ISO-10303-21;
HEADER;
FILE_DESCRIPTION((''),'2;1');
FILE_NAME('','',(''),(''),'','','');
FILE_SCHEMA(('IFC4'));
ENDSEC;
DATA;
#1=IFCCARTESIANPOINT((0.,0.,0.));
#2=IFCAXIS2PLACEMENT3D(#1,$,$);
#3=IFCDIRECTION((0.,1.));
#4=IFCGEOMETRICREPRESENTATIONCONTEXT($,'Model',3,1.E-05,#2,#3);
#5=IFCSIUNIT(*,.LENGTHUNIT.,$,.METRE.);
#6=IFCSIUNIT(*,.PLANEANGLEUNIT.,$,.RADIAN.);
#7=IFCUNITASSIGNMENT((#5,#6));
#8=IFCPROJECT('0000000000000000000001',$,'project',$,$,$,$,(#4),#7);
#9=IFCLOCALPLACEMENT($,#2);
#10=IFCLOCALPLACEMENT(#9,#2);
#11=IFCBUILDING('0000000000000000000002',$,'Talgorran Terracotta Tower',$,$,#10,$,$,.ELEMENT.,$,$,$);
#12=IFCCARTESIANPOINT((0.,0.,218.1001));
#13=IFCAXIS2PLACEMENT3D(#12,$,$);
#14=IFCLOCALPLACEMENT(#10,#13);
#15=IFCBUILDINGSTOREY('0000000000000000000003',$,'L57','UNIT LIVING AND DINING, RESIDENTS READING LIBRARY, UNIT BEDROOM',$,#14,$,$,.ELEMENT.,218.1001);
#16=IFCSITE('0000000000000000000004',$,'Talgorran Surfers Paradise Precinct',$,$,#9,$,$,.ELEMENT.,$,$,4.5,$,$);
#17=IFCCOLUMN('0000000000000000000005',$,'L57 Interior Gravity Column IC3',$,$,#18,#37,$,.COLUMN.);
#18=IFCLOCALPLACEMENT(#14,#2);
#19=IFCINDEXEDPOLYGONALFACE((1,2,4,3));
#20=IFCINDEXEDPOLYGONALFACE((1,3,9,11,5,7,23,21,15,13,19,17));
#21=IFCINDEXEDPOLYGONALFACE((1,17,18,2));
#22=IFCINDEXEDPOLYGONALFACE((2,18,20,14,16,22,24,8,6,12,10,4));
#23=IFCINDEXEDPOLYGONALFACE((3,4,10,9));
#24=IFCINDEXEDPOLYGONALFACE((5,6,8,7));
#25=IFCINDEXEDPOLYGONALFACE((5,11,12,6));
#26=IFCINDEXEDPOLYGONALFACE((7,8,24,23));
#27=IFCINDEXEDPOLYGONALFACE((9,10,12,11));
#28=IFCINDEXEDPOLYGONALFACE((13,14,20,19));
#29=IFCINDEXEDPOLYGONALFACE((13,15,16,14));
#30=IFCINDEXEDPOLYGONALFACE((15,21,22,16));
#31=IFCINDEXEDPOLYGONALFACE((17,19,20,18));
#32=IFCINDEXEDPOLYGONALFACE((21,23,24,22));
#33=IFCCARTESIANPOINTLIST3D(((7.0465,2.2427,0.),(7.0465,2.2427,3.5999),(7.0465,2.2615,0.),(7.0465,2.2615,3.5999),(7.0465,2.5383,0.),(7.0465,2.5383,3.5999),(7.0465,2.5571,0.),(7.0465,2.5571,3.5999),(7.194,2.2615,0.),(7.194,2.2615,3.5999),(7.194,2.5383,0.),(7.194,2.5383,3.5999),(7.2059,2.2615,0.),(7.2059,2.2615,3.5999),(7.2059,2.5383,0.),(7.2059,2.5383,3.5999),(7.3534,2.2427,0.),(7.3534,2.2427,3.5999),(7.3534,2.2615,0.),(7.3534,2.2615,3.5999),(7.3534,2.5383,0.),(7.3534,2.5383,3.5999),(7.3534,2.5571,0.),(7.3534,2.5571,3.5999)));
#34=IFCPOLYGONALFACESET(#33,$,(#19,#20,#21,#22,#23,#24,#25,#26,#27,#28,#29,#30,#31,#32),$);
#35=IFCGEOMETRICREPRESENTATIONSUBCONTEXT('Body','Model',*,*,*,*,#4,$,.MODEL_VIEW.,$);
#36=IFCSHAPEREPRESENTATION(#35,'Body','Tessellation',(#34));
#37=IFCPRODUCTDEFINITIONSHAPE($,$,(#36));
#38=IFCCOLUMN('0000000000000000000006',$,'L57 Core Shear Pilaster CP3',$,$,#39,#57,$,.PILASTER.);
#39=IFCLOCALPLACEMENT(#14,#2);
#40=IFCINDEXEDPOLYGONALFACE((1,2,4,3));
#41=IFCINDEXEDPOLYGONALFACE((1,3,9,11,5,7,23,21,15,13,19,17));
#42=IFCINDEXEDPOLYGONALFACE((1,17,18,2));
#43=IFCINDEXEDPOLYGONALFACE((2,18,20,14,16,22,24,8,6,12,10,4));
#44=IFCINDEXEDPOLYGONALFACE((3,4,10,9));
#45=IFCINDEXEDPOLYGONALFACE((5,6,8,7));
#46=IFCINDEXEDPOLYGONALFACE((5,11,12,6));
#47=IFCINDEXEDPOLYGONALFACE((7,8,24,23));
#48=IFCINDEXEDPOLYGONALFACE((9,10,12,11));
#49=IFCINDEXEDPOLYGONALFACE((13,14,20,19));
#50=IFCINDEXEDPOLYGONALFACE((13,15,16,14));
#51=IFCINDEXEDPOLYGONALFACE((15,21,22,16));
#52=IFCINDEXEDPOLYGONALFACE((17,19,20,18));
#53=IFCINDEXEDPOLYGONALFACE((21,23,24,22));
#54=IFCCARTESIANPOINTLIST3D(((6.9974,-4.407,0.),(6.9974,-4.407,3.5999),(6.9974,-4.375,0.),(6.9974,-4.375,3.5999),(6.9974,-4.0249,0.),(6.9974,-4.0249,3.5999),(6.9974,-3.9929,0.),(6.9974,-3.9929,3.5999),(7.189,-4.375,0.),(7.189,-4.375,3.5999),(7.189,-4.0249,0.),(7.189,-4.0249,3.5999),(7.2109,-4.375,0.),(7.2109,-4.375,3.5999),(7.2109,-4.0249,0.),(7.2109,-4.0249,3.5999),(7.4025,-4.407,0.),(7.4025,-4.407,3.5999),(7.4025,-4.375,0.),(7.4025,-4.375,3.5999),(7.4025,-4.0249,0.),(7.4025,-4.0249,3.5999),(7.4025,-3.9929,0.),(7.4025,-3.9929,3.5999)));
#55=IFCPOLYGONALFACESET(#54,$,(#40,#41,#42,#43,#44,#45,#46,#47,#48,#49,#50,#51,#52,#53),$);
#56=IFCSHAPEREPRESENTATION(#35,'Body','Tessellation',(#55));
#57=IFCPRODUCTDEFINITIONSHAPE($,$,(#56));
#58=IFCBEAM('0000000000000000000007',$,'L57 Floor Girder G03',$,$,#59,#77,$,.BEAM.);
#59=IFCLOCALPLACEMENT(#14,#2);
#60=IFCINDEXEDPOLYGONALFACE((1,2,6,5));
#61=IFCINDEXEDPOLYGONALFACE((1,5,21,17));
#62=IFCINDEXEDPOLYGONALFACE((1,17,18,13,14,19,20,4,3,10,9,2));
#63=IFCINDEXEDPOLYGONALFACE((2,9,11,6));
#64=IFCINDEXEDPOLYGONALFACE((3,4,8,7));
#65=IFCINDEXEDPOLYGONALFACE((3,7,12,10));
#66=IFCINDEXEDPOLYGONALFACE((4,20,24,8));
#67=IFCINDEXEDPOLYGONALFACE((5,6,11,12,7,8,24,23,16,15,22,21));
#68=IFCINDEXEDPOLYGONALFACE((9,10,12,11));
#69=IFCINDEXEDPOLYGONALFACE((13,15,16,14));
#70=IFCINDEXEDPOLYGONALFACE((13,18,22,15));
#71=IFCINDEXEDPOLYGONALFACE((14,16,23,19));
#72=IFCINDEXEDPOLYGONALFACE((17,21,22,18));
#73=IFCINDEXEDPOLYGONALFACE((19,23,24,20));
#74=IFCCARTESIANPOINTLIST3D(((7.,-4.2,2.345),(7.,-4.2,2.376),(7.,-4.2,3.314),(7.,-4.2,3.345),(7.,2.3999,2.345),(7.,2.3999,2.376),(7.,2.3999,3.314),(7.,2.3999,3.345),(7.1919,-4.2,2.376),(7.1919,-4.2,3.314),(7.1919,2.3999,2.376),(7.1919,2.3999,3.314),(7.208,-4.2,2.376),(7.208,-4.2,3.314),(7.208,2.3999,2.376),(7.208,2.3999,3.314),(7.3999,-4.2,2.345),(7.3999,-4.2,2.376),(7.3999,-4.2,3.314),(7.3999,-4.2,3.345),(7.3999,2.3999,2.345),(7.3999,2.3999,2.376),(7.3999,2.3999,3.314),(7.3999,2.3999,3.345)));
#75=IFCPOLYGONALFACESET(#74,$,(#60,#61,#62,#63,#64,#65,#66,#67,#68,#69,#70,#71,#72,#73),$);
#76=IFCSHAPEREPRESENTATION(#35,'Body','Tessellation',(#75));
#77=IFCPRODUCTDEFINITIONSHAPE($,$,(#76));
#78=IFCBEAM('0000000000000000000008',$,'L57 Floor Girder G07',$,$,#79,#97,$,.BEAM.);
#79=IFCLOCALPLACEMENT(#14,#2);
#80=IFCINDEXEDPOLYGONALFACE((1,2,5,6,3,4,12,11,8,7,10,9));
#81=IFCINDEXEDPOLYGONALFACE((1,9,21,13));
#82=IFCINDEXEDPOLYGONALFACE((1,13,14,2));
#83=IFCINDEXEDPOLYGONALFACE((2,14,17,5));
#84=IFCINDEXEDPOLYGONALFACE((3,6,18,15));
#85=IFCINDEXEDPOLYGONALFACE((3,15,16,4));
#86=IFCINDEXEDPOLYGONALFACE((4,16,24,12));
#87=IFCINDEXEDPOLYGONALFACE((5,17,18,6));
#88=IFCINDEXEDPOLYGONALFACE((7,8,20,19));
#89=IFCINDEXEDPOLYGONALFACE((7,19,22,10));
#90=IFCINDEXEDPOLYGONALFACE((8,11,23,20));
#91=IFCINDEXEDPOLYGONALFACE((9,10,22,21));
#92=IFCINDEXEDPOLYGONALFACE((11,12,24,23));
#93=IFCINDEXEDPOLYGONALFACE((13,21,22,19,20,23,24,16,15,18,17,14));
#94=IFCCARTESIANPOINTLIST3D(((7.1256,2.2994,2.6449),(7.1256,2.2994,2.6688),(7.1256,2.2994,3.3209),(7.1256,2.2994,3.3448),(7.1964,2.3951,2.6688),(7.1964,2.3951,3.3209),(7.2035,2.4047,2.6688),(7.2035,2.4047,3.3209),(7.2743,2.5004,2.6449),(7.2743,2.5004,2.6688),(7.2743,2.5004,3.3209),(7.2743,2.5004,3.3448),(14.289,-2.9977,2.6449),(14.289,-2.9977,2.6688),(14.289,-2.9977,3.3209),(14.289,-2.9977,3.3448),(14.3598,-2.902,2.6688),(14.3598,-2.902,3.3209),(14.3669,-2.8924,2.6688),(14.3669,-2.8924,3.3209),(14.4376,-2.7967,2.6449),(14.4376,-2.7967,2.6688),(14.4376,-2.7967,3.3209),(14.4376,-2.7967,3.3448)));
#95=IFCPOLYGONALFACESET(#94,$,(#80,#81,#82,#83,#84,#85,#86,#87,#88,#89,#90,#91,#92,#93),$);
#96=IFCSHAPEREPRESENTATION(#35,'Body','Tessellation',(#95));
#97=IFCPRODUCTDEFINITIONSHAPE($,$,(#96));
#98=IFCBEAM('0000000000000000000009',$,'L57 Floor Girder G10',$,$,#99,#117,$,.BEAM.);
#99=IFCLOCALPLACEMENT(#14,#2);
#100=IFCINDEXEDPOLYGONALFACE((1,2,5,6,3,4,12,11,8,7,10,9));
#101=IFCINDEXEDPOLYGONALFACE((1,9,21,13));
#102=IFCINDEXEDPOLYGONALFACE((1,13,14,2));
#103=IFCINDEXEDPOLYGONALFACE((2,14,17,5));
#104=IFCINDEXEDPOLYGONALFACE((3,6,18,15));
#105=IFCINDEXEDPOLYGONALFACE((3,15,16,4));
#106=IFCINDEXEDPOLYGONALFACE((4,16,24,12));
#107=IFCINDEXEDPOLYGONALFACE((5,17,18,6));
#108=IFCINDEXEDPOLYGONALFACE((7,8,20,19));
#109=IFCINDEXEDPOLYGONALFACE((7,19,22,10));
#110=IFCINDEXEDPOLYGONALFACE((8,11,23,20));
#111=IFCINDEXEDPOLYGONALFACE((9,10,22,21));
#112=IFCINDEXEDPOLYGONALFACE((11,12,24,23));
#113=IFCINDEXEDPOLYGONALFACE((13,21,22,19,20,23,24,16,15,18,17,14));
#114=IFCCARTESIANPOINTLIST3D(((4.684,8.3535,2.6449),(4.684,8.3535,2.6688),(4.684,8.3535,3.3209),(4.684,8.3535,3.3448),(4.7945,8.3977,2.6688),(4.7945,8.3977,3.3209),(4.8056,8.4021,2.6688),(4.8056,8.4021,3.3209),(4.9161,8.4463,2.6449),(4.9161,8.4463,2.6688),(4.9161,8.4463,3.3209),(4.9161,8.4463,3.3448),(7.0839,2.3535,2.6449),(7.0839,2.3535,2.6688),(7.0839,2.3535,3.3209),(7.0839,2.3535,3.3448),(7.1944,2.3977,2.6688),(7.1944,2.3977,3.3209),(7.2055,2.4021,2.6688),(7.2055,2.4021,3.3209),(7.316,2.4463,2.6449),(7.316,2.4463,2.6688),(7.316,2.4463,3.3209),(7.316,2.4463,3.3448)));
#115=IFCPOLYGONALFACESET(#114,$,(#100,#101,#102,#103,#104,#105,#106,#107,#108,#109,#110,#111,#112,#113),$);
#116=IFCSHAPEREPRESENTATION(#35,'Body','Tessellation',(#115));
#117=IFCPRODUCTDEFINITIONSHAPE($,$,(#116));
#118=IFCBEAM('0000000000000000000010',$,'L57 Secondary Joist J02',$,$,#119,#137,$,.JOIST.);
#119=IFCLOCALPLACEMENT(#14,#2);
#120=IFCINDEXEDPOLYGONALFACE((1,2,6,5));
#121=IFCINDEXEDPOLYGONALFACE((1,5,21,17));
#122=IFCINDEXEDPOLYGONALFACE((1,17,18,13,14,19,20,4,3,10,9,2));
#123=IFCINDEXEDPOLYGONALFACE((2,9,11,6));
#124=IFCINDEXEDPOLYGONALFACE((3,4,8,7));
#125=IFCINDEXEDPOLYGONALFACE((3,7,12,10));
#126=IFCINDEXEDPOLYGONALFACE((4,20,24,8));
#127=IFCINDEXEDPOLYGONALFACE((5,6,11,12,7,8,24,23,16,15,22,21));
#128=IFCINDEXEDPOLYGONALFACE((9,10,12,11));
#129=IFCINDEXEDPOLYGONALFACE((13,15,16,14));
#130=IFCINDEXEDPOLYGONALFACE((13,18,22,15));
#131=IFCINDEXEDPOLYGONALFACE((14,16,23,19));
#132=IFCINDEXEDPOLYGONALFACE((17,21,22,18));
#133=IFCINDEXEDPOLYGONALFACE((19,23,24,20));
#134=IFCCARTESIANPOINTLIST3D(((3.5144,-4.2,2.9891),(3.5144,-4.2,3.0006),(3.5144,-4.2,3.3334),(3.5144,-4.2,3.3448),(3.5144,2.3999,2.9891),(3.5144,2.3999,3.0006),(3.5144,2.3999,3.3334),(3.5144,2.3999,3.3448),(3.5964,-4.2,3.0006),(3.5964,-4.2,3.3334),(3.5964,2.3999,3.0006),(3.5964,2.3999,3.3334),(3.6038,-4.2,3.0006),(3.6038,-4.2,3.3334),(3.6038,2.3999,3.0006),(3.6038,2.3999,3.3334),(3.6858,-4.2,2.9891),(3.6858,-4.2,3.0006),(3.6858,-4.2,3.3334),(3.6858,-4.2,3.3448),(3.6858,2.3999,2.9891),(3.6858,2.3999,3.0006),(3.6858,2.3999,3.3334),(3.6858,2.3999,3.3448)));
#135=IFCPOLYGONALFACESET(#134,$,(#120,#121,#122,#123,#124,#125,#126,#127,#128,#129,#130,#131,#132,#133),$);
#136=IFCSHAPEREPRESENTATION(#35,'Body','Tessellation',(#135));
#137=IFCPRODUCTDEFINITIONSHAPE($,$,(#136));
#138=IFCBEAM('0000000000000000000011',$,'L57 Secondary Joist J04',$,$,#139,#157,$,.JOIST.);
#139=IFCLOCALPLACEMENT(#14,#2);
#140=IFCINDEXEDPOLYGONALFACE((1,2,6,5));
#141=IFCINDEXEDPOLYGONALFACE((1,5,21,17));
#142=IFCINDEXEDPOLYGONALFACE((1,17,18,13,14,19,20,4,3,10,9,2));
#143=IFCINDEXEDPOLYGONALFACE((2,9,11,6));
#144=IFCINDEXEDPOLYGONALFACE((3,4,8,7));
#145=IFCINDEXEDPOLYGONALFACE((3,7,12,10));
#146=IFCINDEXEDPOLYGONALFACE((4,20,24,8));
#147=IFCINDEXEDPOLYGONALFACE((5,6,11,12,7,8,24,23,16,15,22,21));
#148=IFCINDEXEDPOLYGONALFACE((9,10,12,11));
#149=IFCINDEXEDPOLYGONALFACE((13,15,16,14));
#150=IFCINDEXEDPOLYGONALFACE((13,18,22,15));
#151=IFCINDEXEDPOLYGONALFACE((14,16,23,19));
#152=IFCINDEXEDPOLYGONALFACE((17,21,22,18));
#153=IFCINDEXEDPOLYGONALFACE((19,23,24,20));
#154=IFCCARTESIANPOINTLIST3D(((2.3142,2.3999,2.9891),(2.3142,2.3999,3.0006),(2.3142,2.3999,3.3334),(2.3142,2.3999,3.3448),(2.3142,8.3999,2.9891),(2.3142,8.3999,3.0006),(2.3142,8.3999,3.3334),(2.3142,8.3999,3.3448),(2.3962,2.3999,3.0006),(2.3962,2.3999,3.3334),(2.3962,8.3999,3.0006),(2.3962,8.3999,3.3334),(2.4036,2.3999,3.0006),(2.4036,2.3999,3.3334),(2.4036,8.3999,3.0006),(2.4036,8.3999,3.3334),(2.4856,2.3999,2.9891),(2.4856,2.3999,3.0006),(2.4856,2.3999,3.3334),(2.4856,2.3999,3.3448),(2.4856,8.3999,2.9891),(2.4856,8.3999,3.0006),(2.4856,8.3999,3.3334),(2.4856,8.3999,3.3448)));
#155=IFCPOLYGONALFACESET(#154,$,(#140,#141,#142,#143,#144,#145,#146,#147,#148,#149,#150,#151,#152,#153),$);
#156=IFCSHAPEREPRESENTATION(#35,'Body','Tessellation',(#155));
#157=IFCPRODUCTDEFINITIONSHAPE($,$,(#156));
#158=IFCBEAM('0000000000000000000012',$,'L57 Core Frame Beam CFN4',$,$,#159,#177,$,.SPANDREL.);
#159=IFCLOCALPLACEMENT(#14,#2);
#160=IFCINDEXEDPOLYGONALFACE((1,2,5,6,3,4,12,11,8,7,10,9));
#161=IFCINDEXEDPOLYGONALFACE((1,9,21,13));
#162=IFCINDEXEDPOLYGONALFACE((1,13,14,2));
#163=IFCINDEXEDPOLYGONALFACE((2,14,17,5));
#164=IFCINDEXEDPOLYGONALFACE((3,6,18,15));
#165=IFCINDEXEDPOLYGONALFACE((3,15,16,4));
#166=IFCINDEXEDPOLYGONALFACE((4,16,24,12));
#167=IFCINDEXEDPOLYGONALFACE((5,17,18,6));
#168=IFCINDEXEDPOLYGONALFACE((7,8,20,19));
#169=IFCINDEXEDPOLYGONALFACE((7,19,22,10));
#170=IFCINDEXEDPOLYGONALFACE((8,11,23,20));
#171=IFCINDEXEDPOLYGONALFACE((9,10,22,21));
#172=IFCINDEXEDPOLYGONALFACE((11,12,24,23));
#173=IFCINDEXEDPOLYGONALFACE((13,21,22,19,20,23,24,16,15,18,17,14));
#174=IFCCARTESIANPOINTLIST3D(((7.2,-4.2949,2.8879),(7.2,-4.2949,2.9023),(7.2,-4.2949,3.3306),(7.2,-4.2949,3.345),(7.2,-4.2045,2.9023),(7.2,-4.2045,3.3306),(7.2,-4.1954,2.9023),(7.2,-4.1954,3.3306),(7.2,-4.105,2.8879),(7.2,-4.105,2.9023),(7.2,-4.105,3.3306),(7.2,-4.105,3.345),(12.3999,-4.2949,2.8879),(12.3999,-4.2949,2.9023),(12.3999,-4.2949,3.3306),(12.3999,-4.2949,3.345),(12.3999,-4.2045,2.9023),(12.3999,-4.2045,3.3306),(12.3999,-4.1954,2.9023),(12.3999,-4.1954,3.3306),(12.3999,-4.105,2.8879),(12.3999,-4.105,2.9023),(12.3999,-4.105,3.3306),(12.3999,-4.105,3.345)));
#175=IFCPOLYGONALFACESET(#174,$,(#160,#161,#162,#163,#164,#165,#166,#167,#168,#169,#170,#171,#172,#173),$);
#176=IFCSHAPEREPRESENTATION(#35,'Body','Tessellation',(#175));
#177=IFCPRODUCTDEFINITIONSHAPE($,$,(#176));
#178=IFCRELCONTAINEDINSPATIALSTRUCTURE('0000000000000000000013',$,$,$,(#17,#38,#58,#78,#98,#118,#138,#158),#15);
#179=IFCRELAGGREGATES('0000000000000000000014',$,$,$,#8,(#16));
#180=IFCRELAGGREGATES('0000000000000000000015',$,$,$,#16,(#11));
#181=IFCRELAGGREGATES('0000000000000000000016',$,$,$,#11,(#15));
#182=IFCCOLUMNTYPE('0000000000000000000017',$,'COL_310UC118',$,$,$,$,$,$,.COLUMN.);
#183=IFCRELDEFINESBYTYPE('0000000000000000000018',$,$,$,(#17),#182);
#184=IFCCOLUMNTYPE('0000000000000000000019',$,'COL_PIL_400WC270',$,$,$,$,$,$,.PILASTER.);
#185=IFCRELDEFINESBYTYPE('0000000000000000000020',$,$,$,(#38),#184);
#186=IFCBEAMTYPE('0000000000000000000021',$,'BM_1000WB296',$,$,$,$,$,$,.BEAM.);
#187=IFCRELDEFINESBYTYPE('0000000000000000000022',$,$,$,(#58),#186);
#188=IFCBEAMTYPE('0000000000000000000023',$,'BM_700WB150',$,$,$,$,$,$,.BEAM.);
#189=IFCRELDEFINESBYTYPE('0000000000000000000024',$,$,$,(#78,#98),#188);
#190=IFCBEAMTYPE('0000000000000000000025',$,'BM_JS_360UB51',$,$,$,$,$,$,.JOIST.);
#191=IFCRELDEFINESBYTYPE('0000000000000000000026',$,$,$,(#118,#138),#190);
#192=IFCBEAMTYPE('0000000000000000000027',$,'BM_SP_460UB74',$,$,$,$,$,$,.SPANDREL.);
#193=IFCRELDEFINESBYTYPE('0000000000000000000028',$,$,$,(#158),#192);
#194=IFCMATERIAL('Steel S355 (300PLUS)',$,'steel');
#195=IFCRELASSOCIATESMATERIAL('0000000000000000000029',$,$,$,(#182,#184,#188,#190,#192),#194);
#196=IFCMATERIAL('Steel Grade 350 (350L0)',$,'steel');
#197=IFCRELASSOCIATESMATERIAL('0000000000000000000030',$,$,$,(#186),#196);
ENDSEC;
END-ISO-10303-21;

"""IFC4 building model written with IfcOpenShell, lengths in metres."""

from ifc_helpers import new_model, si_unit, direction, frame, origin, origin_2d, place, context, subcontext, project, spatial, i_section, extrude, material, material_profile, profile_set, type_object, element, save


model = new_model("IFC4")

# Units and contexts
model_context = context("Model", 3, precision=1e-05, world=origin(), true_north=direction((0.0, 1.0)))
body_context = subcontext(model_context, "Body", "Model", "MODEL_VIEW")
ifc_project = project(units=[si_unit("LENGTHUNIT", "METRE"), si_unit("PLANEANGLEUNIT", "RADIAN")], contexts=[model_context])

# Site, building, storey
site_placement = place(None, origin())
site = spatial("IfcSite", under=ifc_project, at=site_placement, Name="Talgorran Surfers Paradise Precinct", CompositionType="ELEMENT", RefElevation=4.5)
building_placement = place(site_placement, origin())
building = spatial("IfcBuilding", under=site, at=building_placement, Name="Talgorran Terracotta Tower", CompositionType="ELEMENT")
storey_placement = place(building_placement, frame((0.0, 0.0, 218.1001)))
storey = spatial("IfcBuildingStorey", under=building, at=storey_placement, Name="L57", Description="UNIT LIVING AND DINING, RESIDENTS READING LIBRARY, UNIT BEDROOM", CompositionType="ELEMENT", Elevation=218.1001)

# Columns
ifc_material_1 = material(Name="Steel S355 (300PLUS)", Category="steel")
ifc_material_profile_1 = material_profile(ifc_material_1, i_section(OverallWidth=0.3069, OverallDepth=0.3145, WebThickness=0.012, FlangeThickness=0.0188, at=origin_2d()), Name="310UC118")
ifc_profile_set_1 = profile_set([ifc_material_profile_1], Name="Steel S355 (300PLUS)")
column_type_1 = type_object("IfcColumnType", Name="COL_310UC118", PredefinedType="COLUMN", material=ifc_profile_set_1)
column_1_placement = place(storey_placement, frame((7.2, 2.3999, 0.0), z_axis=(0.0, 0.0, 1.0), x_axis=(1.0, 0.0, 0.0)))
element("IfcColumn", 1, at=column_1_placement, inside=storey, type_object=column_type_1, Name="L57 Interior Gravity Column IC3", PredefinedType="COLUMN", context=body_context, shape_type="SweptSolid", body=[
    extrude(i_section(OverallWidth=0.3069, OverallDepth=0.3145, WebThickness=0.012, FlangeThickness=0.0188, at=origin_2d()), origin(), (0.0, 0.0, 1.0), 3.5999),
])
ifc_material_profile_2 = material_profile(ifc_material_1, i_section(OverallWidth=0.405, OverallDepth=0.4141, WebThickness=0.022, FlangeThickness=0.032, at=origin_2d()), Name="400WC270")
ifc_profile_set_2 = profile_set([ifc_material_profile_2], Name="Steel S355 (300PLUS)")
column_type_2 = type_object("IfcColumnType", Name="COL_PIL_400WC270", PredefinedType="PILASTER", material=ifc_profile_set_2)
column_2_placement = place(storey_placement, frame((7.2, -4.2, 0.0), z_axis=(0.0, 0.0, 1.0), x_axis=(1.0, 0.0, 0.0)))
element("IfcColumn", 2, at=column_2_placement, inside=storey, type_object=column_type_2, Name="L57 Core Shear Pilaster CP3", PredefinedType="PILASTER", context=body_context, shape_type="SweptSolid", body=[
    extrude(i_section(OverallWidth=0.405, OverallDepth=0.4141, WebThickness=0.022, FlangeThickness=0.032, at=origin_2d()), origin(), (0.0, 0.0, 1.0), 3.5999),
])

# Beams
ifc_material_2 = material(Name="Steel Grade 350 (350L0)", Category="steel")
ifc_material_profile_3 = material_profile(ifc_material_2, i_section(OverallWidth=0.3999, OverallDepth=1.0, WebThickness=0.0161, FlangeThickness=0.031, at=origin_2d()), Name="1000WB296")
ifc_profile_set_3 = profile_set([ifc_material_profile_3], Name="Steel Grade 350 (350L0)")
beam_type_1 = type_object("IfcBeamType", Name="BM_1000WB296", PredefinedType="BEAM", material=ifc_profile_set_3)
beam_1_placement = place(storey_placement, frame((7.2, -4.2, 2.845), z_axis=(0.0, 1.0, 0.0), x_axis=(-1.0, 0.0, 0.0)))
element("IfcBeam", 3, at=beam_1_placement, inside=storey, type_object=beam_type_1, Name="L57 Floor Girder G03", PredefinedType="BEAM", context=body_context, shape_type="SweptSolid", body=[
    extrude(i_section(OverallWidth=0.3999, OverallDepth=1.0, WebThickness=0.0161, FlangeThickness=0.031, at=origin_2d()), origin(), (0.0, 0.0, 1.0), 6.5999),
])
ifc_material_profile_4 = material_profile(ifc_material_1, i_section(OverallWidth=0.25, OverallDepth=0.7, WebThickness=0.012, FlangeThickness=0.0239, at=origin_2d()), Name="700WB150")
ifc_profile_set_4 = profile_set([ifc_material_profile_4], Name="Steel S355 (300PLUS)")
beam_type_2 = type_object("IfcBeamType", Name="BM_700WB150", PredefinedType="BEAM", material=ifc_profile_set_4)
beam_2_placement = place(storey_placement, frame((7.2, 2.3999, 2.9949), z_axis=(0.804043, -0.594571, 0.0), x_axis=(0.594571, 0.804043, 0.0)))
element("IfcBeam", 4, at=beam_2_placement, inside=storey, type_object=beam_type_2, Name="L57 Floor Girder G07", PredefinedType="BEAM", context=body_context, shape_type="SweptSolid", body=[
    extrude(i_section(OverallWidth=0.25, OverallDepth=0.7, WebThickness=0.012, FlangeThickness=0.0239, at=origin_2d()), origin(), (0.0, 0.0, 1.0), 8.9092),
])
beam_3_placement = place(storey_placement, frame((7.2, 2.3999, 2.9949), z_axis=(-0.371378, 0.928482, 0.0), x_axis=(-0.928482, -0.371378, 0.0)))
element("IfcBeam", 5, at=beam_3_placement, inside=storey, type_object=beam_type_2, Name="L57 Floor Girder G10", PredefinedType="BEAM", context=body_context, shape_type="SweptSolid", body=[
    extrude(i_section(OverallWidth=0.25, OverallDepth=0.7, WebThickness=0.012, FlangeThickness=0.0239, at=origin_2d()), origin(), (0.0, 0.0, 1.0), 6.4622),
])
ifc_material_profile_5 = material_profile(ifc_material_1, i_section(OverallWidth=0.1714, OverallDepth=0.3557, WebThickness=0.0073, FlangeThickness=0.0115, at=origin_2d()), Name="360UB50.7")
ifc_profile_set_5 = profile_set([ifc_material_profile_5], Name="Steel S355 (300PLUS)")
beam_type_3 = type_object("IfcBeamType", Name="BM_JS_360UB51", PredefinedType="JOIST", material=ifc_profile_set_5)
beam_4_placement = place(storey_placement, frame((3.6001, -4.2, 3.167), z_axis=(0.0, 1.0, 0.0), x_axis=(-1.0, 0.0, 0.0)))
element("IfcBeam", 6, at=beam_4_placement, inside=storey, type_object=beam_type_3, Name="L57 Secondary Joist J02", PredefinedType="JOIST", context=body_context, shape_type="SweptSolid", body=[
    extrude(i_section(OverallWidth=0.1714, OverallDepth=0.3557, WebThickness=0.0073, FlangeThickness=0.0115, at=origin_2d()), origin(), (0.0, 0.0, 1.0), 6.5999),
])
beam_5_placement = place(storey_placement, frame((2.3999, 2.3999, 3.167), z_axis=(0.0, 1.0, 0.0), x_axis=(-1.0, 0.0, 0.0)))
element("IfcBeam", 7, at=beam_5_placement, inside=storey, type_object=beam_type_3, Name="L57 Secondary Joist J04", PredefinedType="JOIST", context=body_context, shape_type="SweptSolid", body=[
    extrude(i_section(OverallWidth=0.1714, OverallDepth=0.3557, WebThickness=0.0073, FlangeThickness=0.0115, at=origin_2d()), origin(), (0.0, 0.0, 1.0), 6.0),
])
ifc_material_profile_6 = material_profile(ifc_material_1, i_section(OverallWidth=0.1899, OverallDepth=0.457, WebThickness=0.009, FlangeThickness=0.0144, at=origin_2d()), Name="460UB74.6")
ifc_profile_set_6 = profile_set([ifc_material_profile_6], Name="Steel S355 (300PLUS)")
beam_type_4 = type_object("IfcBeamType", Name="BM_SP_460UB74", PredefinedType="SPANDREL", material=ifc_profile_set_6)
beam_6_placement = place(storey_placement, frame((7.2, -4.2, 3.1165), z_axis=(1.0, 0.0, 0.0), x_axis=(0.0, 1.0, 0.0)))
element("IfcBeam", 8, at=beam_6_placement, inside=storey, type_object=beam_type_4, Name="L57 Core Frame Beam CFN4", PredefinedType="SPANDREL", context=body_context, shape_type="SweptSolid", body=[
    extrude(i_section(OverallWidth=0.1899, OverallDepth=0.457, WebThickness=0.009, FlangeThickness=0.0144, at=origin_2d()), origin(), (0.0, 0.0, 1.0), 5.2),
])

save(model, "model.ifc")
